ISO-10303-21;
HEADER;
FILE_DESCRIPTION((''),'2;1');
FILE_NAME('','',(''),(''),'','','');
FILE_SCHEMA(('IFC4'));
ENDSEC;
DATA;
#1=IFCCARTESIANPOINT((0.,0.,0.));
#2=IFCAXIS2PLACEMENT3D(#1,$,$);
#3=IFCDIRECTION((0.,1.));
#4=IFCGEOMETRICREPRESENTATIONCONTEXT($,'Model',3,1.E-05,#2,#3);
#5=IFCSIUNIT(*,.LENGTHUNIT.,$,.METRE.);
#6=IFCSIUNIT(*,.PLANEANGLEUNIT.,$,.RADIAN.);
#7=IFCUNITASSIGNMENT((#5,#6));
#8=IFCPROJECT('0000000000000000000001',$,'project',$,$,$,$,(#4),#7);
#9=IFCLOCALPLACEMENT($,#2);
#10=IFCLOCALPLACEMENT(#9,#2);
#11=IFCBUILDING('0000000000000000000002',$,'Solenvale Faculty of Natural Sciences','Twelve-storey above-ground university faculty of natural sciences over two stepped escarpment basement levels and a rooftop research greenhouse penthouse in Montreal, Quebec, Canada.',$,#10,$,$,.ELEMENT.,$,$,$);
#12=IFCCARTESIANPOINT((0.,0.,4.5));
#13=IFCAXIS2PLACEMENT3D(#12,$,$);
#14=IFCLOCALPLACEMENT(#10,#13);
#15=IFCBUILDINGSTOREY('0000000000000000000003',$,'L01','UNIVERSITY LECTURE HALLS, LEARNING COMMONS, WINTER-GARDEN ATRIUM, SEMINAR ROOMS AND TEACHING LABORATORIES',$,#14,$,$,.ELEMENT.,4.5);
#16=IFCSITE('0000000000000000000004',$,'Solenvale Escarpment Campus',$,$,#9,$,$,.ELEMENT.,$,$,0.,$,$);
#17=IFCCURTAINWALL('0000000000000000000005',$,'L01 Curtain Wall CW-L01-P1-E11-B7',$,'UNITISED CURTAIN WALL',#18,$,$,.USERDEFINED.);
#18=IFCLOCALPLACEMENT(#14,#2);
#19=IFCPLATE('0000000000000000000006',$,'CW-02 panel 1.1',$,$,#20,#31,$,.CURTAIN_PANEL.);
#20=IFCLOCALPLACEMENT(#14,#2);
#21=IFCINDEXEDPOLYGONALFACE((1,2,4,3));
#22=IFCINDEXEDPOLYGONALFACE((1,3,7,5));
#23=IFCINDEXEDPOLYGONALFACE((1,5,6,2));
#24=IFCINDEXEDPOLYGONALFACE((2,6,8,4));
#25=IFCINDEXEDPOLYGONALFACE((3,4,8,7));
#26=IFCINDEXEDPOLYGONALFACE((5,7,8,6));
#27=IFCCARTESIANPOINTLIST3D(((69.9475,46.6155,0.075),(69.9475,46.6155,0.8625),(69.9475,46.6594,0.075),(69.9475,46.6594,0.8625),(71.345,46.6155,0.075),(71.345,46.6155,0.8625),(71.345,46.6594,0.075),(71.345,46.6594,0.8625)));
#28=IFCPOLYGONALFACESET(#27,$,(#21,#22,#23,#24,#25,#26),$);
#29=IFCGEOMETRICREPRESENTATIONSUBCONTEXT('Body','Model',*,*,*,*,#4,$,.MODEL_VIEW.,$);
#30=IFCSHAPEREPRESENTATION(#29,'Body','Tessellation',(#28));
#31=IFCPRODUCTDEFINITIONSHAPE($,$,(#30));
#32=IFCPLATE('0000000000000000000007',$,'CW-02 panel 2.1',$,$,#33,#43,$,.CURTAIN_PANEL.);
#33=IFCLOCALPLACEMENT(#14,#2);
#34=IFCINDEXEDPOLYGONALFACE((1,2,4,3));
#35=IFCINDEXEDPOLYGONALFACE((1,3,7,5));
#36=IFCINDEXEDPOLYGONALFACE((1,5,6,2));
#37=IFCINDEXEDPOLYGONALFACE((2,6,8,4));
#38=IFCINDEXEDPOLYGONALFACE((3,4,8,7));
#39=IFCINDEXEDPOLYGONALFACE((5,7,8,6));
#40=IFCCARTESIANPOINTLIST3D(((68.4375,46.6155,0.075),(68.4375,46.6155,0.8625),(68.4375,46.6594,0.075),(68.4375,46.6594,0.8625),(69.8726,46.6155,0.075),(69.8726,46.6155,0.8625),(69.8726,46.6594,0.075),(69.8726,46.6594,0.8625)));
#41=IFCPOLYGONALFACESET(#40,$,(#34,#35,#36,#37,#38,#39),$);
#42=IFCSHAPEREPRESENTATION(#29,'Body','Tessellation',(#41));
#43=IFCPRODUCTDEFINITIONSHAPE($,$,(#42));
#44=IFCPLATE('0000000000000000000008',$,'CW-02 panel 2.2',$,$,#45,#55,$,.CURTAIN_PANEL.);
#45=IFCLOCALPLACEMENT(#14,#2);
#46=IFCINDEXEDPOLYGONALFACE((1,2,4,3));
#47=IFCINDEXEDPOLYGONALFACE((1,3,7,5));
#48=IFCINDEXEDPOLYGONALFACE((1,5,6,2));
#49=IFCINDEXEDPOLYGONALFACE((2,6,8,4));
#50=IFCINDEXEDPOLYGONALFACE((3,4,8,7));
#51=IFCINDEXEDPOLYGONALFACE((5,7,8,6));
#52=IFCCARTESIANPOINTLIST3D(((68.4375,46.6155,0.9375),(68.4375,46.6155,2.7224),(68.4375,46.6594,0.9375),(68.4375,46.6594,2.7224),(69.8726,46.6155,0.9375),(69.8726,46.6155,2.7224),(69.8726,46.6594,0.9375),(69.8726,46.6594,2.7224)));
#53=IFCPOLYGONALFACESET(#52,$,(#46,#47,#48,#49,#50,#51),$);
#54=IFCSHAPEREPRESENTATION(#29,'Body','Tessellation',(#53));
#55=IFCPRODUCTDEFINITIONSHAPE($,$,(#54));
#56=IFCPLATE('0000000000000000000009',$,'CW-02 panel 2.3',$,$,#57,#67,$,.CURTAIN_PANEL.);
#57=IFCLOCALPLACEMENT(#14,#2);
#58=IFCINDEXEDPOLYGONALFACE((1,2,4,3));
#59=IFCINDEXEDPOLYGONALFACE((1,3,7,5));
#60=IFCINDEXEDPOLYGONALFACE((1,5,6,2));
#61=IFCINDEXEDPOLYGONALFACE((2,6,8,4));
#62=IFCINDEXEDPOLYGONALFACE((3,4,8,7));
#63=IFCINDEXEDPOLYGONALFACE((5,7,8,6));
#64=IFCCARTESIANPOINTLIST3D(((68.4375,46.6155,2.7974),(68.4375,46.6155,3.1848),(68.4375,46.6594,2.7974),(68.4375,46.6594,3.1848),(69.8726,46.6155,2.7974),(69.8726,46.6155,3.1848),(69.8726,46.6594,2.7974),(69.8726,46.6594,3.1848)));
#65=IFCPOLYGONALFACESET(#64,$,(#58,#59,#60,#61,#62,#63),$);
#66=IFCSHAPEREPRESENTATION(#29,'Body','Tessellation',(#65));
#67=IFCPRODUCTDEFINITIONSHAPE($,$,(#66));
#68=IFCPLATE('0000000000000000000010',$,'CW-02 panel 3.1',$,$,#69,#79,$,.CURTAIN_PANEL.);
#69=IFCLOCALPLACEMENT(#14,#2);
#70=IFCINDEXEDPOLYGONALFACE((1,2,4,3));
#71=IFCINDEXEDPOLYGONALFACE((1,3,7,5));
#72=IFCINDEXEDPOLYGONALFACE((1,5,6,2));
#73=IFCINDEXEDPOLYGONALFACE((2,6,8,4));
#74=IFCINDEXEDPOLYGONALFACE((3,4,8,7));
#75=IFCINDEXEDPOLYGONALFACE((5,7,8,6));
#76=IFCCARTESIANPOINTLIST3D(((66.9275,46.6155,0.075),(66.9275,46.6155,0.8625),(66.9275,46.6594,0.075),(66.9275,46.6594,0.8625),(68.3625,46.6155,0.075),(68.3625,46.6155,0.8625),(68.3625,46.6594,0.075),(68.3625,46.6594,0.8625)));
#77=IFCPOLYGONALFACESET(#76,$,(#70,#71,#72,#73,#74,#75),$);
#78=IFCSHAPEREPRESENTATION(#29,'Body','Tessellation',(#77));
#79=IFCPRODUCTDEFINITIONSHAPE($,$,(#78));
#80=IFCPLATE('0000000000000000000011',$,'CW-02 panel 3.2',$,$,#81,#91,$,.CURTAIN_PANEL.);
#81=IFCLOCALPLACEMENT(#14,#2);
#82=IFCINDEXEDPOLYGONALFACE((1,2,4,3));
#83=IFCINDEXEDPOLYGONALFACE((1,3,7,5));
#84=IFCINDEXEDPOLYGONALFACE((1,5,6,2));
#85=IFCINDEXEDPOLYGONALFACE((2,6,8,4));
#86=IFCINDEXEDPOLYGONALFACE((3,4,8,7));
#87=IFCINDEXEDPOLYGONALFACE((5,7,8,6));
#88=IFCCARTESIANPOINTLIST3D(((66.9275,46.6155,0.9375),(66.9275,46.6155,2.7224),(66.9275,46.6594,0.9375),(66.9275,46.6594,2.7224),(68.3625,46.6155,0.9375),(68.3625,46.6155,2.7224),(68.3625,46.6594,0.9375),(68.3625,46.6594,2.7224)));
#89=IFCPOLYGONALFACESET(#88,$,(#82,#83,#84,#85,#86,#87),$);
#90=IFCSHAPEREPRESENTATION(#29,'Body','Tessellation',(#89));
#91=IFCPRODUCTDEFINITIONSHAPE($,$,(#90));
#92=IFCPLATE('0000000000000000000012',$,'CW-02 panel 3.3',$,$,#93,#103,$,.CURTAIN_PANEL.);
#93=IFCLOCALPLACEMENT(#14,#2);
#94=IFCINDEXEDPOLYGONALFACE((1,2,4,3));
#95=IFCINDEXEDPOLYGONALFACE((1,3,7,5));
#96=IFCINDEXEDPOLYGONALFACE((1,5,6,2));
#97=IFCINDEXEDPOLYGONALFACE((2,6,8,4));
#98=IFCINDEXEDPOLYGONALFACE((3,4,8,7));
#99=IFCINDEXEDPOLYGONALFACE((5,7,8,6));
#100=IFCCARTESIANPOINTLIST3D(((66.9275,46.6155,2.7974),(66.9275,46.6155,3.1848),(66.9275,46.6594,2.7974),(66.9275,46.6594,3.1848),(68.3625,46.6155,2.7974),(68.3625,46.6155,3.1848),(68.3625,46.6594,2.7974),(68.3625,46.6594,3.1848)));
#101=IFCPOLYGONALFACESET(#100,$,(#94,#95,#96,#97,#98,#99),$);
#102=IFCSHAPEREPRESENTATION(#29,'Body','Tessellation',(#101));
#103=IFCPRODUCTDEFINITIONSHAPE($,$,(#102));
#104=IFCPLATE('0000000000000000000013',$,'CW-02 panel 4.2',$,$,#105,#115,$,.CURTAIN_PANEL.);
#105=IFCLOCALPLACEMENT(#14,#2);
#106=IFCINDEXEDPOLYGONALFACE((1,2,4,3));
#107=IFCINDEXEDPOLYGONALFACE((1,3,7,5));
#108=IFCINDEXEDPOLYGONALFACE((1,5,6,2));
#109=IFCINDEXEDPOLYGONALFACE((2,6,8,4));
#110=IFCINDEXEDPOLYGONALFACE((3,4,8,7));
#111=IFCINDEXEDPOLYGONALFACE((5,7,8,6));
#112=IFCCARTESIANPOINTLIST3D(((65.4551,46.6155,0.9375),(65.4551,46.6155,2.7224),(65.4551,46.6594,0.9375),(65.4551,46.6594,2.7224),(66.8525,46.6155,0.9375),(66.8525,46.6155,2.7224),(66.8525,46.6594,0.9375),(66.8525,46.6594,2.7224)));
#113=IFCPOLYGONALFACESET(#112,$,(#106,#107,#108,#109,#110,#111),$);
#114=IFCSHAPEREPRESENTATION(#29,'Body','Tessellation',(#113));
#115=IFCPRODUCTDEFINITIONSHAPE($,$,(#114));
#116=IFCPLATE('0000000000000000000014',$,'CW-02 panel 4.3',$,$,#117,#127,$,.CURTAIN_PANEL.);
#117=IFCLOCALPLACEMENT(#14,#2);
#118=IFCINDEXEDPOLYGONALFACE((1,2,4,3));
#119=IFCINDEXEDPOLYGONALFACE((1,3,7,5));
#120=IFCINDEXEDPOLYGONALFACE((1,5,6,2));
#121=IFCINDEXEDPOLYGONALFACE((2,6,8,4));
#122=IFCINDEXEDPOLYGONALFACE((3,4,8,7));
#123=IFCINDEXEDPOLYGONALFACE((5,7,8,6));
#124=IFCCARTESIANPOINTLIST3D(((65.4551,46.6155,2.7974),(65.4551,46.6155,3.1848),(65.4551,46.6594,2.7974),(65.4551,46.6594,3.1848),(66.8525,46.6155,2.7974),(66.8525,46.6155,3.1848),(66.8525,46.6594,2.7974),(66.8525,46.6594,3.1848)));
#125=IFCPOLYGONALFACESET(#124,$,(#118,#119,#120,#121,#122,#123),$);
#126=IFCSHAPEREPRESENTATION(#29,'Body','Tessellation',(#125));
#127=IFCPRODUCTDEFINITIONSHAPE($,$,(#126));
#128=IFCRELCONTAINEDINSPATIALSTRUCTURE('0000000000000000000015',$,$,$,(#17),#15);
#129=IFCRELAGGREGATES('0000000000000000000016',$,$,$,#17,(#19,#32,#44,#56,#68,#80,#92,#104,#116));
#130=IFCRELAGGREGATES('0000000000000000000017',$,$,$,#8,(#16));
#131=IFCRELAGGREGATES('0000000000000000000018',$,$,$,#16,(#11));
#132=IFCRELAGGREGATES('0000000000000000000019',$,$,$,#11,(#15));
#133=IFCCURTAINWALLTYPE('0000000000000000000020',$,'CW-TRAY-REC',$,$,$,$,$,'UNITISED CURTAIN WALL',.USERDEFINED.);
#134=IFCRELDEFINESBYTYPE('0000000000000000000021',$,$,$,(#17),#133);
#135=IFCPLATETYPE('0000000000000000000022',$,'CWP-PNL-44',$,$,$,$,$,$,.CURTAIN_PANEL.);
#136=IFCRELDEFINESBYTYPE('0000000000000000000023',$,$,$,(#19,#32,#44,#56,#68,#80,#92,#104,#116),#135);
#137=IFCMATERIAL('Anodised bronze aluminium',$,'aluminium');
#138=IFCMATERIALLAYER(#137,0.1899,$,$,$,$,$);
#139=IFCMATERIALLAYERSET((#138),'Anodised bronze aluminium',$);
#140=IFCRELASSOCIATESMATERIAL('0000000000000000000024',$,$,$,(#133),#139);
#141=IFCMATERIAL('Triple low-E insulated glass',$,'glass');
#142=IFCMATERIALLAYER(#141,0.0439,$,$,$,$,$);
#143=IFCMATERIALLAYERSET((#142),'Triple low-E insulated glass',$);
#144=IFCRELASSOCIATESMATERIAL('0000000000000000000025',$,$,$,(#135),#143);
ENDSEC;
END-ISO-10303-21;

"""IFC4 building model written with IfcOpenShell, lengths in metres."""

from ifc_helpers import new_model, si_unit, direction, frame, origin, origin_2d, place, context, subcontext, project, spatial, rectangle, extrude, material, layer, layer_set, type_object, element, aggregate, save


model = new_model("IFC4")

# Units and contexts
model_context = context("Model", 3, precision=1e-05, world=origin(), true_north=direction((0.0, 1.0)))
body_context = subcontext(model_context, "Body", "Model", "MODEL_VIEW")
ifc_project = project(units=[si_unit("LENGTHUNIT", "METRE"), si_unit("PLANEANGLEUNIT", "RADIAN")], contexts=[model_context])

# Site, building, storey
site_placement = place(None, origin())
site = spatial("IfcSite", under=ifc_project, at=site_placement, Name="Solenvale Escarpment Campus", CompositionType="ELEMENT", RefElevation=0.0)
building_placement = place(site_placement, origin())
building = spatial("IfcBuilding", under=site, at=building_placement, Name="Solenvale Faculty of Natural Sciences", Description="Twelve-storey above-ground university faculty of natural sciences over two stepped escarpment basement levels and a rooftop research greenhouse penthouse in Montreal, Quebec, Canada.", CompositionType="ELEMENT")
storey_placement = place(building_placement, frame((0.0, 0.0, 4.5)))
storey = spatial("IfcBuildingStorey", under=building, at=storey_placement, Name="L01", Description="UNIVERSITY LECTURE HALLS, LEARNING COMMONS, WINTER-GARDEN ATRIUM, SEMINAR ROOMS AND TEACHING LABORATORIES", CompositionType="ELEMENT", Elevation=4.5)

# Curtain wall, plates
ifc_material_1 = material(Name="Anodised bronze aluminium", Category="aluminium")
ifc_layer_1 = layer(ifc_material_1, 0.1899)
ifc_layer_set_1 = layer_set([ifc_layer_1], Name="Anodised bronze aluminium")
curtain_wall_type = type_object("IfcCurtainWallType", Name="CW-TRAY-REC", ElementType="UNITISED CURTAIN WALL", PredefinedType="USERDEFINED", material=ifc_layer_set_1)
curtain_wall_placement = place(storey_placement, origin())
curtain_wall = element("IfcCurtainWall", 1, at=curtain_wall_placement, inside=storey, type_object=curtain_wall_type, Name="L01 Curtain Wall CW-L01-P1-E11-B7", ObjectType="UNITISED CURTAIN WALL", PredefinedType="USERDEFINED")
ifc_material_2 = material(Name="Triple low-E insulated glass", Category="glass")
ifc_layer_2 = layer(ifc_material_2, 0.0439)
ifc_layer_set_2 = layer_set([ifc_layer_2], Name="Triple low-E insulated glass")
plate_type = type_object("IfcPlateType", Name="CWP-PNL-44", PredefinedType="CURTAIN_PANEL", material=ifc_layer_set_2)
plate_1_placement = place(storey_placement, frame((70.6462, 46.6375, 0.075), z_axis=(0.0, 0.0, 1.0), x_axis=(-1.0, 0.0, 0.0)))
plate_1 = element("IfcPlate", 2, at=plate_1_placement, type_object=plate_type, Name="CW-02 panel 1.1", PredefinedType="CURTAIN_PANEL", context=body_context, shape_type="SweptSolid", body=[
    extrude(rectangle(XDim=1.3975, YDim=0.0439, at=origin_2d()), origin(), (0.0, 0.0, 1.0), 0.7876),
])
plate_2_placement = place(storey_placement, frame((69.155, 46.6375, 0.075), z_axis=(0.0, 0.0, 1.0), x_axis=(-1.0, 0.0, 0.0)))
plate_2 = element("IfcPlate", 3, at=plate_2_placement, type_object=plate_type, Name="CW-02 panel 2.1", PredefinedType="CURTAIN_PANEL", context=body_context, shape_type="SweptSolid", body=[
    extrude(rectangle(XDim=1.4351, YDim=0.0439, at=origin_2d()), origin(), (0.0, 0.0, 1.0), 0.7876),
])
plate_3_placement = place(storey_placement, frame((69.155, 46.6375, 0.9375), z_axis=(0.0, 0.0, 1.0), x_axis=(-1.0, 0.0, 0.0)))
plate_3 = element("IfcPlate", 4, at=plate_3_placement, type_object=plate_type, Name="CW-02 panel 2.2", PredefinedType="CURTAIN_PANEL", context=body_context, shape_type="SweptSolid", body=[
    extrude(rectangle(XDim=1.4351, YDim=0.0439, at=origin_2d()), origin(), (0.0, 0.0, 1.0), 1.7849),
])
plate_4_placement = place(storey_placement, frame((69.155, 46.6375, 2.7974), z_axis=(0.0, 0.0, 1.0), x_axis=(-1.0, 0.0, 0.0)))
plate_4 = element("IfcPlate", 5, at=plate_4_placement, type_object=plate_type, Name="CW-02 panel 2.3", PredefinedType="CURTAIN_PANEL", context=body_context, shape_type="SweptSolid", body=[
    extrude(rectangle(XDim=1.4351, YDim=0.0439, at=origin_2d()), origin(), (0.0, 0.0, 1.0), 0.3875),
])
plate_5_placement = place(storey_placement, frame((67.645, 46.6375, 0.075), z_axis=(0.0, 0.0, 1.0), x_axis=(-1.0, 0.0, 0.0)))
plate_5 = element("IfcPlate", 6, at=plate_5_placement, type_object=plate_type, Name="CW-02 panel 3.1", PredefinedType="CURTAIN_PANEL", context=body_context, shape_type="SweptSolid", body=[
    extrude(rectangle(XDim=1.4351, YDim=0.0439, at=origin_2d()), origin(), (0.0, 0.0, 1.0), 0.7876),
])
plate_6_placement = place(storey_placement, frame((67.645, 46.6375, 0.9375), z_axis=(0.0, 0.0, 1.0), x_axis=(-1.0, 0.0, 0.0)))
plate_6 = element("IfcPlate", 7, at=plate_6_placement, type_object=plate_type, Name="CW-02 panel 3.2", PredefinedType="CURTAIN_PANEL", context=body_context, shape_type="SweptSolid", body=[
    extrude(rectangle(XDim=1.4351, YDim=0.0439, at=origin_2d()), origin(), (0.0, 0.0, 1.0), 1.7849),
])
plate_7_placement = place(storey_placement, frame((67.645, 46.6375, 2.7974), z_axis=(0.0, 0.0, 1.0), x_axis=(-1.0, 0.0, 0.0)))
plate_7 = element("IfcPlate", 8, at=plate_7_placement, type_object=plate_type, Name="CW-02 panel 3.3", PredefinedType="CURTAIN_PANEL", context=body_context, shape_type="SweptSolid", body=[
    extrude(rectangle(XDim=1.4351, YDim=0.0439, at=origin_2d()), origin(), (0.0, 0.0, 1.0), 0.3875),
])
plate_8_placement = place(storey_placement, frame((66.1538, 46.6375, 0.9375), z_axis=(0.0, 0.0, 1.0), x_axis=(-1.0, 0.0, 0.0)))
plate_8 = element("IfcPlate", 9, at=plate_8_placement, type_object=plate_type, Name="CW-02 panel 4.2", PredefinedType="CURTAIN_PANEL", context=body_context, shape_type="SweptSolid", body=[
    extrude(rectangle(XDim=1.3975, YDim=0.0439, at=origin_2d()), origin(), (0.0, 0.0, 1.0), 1.7849),
])
plate_9_placement = place(storey_placement, frame((66.1538, 46.6375, 2.7974), z_axis=(0.0, 0.0, 1.0), x_axis=(-1.0, 0.0, 0.0)))
plate_9 = element("IfcPlate", 10, at=plate_9_placement, type_object=plate_type, Name="CW-02 panel 4.3", PredefinedType="CURTAIN_PANEL", context=body_context, shape_type="SweptSolid", body=[
    extrude(rectangle(XDim=1.3975, YDim=0.0439, at=origin_2d()), origin(), (0.0, 0.0, 1.0), 0.3875),
])
aggregate(curtain_wall, [plate_1, plate_2, plate_3, plate_4, plate_5, plate_6, plate_7, plate_8, plate_9])

save(model, "model.ifc")
